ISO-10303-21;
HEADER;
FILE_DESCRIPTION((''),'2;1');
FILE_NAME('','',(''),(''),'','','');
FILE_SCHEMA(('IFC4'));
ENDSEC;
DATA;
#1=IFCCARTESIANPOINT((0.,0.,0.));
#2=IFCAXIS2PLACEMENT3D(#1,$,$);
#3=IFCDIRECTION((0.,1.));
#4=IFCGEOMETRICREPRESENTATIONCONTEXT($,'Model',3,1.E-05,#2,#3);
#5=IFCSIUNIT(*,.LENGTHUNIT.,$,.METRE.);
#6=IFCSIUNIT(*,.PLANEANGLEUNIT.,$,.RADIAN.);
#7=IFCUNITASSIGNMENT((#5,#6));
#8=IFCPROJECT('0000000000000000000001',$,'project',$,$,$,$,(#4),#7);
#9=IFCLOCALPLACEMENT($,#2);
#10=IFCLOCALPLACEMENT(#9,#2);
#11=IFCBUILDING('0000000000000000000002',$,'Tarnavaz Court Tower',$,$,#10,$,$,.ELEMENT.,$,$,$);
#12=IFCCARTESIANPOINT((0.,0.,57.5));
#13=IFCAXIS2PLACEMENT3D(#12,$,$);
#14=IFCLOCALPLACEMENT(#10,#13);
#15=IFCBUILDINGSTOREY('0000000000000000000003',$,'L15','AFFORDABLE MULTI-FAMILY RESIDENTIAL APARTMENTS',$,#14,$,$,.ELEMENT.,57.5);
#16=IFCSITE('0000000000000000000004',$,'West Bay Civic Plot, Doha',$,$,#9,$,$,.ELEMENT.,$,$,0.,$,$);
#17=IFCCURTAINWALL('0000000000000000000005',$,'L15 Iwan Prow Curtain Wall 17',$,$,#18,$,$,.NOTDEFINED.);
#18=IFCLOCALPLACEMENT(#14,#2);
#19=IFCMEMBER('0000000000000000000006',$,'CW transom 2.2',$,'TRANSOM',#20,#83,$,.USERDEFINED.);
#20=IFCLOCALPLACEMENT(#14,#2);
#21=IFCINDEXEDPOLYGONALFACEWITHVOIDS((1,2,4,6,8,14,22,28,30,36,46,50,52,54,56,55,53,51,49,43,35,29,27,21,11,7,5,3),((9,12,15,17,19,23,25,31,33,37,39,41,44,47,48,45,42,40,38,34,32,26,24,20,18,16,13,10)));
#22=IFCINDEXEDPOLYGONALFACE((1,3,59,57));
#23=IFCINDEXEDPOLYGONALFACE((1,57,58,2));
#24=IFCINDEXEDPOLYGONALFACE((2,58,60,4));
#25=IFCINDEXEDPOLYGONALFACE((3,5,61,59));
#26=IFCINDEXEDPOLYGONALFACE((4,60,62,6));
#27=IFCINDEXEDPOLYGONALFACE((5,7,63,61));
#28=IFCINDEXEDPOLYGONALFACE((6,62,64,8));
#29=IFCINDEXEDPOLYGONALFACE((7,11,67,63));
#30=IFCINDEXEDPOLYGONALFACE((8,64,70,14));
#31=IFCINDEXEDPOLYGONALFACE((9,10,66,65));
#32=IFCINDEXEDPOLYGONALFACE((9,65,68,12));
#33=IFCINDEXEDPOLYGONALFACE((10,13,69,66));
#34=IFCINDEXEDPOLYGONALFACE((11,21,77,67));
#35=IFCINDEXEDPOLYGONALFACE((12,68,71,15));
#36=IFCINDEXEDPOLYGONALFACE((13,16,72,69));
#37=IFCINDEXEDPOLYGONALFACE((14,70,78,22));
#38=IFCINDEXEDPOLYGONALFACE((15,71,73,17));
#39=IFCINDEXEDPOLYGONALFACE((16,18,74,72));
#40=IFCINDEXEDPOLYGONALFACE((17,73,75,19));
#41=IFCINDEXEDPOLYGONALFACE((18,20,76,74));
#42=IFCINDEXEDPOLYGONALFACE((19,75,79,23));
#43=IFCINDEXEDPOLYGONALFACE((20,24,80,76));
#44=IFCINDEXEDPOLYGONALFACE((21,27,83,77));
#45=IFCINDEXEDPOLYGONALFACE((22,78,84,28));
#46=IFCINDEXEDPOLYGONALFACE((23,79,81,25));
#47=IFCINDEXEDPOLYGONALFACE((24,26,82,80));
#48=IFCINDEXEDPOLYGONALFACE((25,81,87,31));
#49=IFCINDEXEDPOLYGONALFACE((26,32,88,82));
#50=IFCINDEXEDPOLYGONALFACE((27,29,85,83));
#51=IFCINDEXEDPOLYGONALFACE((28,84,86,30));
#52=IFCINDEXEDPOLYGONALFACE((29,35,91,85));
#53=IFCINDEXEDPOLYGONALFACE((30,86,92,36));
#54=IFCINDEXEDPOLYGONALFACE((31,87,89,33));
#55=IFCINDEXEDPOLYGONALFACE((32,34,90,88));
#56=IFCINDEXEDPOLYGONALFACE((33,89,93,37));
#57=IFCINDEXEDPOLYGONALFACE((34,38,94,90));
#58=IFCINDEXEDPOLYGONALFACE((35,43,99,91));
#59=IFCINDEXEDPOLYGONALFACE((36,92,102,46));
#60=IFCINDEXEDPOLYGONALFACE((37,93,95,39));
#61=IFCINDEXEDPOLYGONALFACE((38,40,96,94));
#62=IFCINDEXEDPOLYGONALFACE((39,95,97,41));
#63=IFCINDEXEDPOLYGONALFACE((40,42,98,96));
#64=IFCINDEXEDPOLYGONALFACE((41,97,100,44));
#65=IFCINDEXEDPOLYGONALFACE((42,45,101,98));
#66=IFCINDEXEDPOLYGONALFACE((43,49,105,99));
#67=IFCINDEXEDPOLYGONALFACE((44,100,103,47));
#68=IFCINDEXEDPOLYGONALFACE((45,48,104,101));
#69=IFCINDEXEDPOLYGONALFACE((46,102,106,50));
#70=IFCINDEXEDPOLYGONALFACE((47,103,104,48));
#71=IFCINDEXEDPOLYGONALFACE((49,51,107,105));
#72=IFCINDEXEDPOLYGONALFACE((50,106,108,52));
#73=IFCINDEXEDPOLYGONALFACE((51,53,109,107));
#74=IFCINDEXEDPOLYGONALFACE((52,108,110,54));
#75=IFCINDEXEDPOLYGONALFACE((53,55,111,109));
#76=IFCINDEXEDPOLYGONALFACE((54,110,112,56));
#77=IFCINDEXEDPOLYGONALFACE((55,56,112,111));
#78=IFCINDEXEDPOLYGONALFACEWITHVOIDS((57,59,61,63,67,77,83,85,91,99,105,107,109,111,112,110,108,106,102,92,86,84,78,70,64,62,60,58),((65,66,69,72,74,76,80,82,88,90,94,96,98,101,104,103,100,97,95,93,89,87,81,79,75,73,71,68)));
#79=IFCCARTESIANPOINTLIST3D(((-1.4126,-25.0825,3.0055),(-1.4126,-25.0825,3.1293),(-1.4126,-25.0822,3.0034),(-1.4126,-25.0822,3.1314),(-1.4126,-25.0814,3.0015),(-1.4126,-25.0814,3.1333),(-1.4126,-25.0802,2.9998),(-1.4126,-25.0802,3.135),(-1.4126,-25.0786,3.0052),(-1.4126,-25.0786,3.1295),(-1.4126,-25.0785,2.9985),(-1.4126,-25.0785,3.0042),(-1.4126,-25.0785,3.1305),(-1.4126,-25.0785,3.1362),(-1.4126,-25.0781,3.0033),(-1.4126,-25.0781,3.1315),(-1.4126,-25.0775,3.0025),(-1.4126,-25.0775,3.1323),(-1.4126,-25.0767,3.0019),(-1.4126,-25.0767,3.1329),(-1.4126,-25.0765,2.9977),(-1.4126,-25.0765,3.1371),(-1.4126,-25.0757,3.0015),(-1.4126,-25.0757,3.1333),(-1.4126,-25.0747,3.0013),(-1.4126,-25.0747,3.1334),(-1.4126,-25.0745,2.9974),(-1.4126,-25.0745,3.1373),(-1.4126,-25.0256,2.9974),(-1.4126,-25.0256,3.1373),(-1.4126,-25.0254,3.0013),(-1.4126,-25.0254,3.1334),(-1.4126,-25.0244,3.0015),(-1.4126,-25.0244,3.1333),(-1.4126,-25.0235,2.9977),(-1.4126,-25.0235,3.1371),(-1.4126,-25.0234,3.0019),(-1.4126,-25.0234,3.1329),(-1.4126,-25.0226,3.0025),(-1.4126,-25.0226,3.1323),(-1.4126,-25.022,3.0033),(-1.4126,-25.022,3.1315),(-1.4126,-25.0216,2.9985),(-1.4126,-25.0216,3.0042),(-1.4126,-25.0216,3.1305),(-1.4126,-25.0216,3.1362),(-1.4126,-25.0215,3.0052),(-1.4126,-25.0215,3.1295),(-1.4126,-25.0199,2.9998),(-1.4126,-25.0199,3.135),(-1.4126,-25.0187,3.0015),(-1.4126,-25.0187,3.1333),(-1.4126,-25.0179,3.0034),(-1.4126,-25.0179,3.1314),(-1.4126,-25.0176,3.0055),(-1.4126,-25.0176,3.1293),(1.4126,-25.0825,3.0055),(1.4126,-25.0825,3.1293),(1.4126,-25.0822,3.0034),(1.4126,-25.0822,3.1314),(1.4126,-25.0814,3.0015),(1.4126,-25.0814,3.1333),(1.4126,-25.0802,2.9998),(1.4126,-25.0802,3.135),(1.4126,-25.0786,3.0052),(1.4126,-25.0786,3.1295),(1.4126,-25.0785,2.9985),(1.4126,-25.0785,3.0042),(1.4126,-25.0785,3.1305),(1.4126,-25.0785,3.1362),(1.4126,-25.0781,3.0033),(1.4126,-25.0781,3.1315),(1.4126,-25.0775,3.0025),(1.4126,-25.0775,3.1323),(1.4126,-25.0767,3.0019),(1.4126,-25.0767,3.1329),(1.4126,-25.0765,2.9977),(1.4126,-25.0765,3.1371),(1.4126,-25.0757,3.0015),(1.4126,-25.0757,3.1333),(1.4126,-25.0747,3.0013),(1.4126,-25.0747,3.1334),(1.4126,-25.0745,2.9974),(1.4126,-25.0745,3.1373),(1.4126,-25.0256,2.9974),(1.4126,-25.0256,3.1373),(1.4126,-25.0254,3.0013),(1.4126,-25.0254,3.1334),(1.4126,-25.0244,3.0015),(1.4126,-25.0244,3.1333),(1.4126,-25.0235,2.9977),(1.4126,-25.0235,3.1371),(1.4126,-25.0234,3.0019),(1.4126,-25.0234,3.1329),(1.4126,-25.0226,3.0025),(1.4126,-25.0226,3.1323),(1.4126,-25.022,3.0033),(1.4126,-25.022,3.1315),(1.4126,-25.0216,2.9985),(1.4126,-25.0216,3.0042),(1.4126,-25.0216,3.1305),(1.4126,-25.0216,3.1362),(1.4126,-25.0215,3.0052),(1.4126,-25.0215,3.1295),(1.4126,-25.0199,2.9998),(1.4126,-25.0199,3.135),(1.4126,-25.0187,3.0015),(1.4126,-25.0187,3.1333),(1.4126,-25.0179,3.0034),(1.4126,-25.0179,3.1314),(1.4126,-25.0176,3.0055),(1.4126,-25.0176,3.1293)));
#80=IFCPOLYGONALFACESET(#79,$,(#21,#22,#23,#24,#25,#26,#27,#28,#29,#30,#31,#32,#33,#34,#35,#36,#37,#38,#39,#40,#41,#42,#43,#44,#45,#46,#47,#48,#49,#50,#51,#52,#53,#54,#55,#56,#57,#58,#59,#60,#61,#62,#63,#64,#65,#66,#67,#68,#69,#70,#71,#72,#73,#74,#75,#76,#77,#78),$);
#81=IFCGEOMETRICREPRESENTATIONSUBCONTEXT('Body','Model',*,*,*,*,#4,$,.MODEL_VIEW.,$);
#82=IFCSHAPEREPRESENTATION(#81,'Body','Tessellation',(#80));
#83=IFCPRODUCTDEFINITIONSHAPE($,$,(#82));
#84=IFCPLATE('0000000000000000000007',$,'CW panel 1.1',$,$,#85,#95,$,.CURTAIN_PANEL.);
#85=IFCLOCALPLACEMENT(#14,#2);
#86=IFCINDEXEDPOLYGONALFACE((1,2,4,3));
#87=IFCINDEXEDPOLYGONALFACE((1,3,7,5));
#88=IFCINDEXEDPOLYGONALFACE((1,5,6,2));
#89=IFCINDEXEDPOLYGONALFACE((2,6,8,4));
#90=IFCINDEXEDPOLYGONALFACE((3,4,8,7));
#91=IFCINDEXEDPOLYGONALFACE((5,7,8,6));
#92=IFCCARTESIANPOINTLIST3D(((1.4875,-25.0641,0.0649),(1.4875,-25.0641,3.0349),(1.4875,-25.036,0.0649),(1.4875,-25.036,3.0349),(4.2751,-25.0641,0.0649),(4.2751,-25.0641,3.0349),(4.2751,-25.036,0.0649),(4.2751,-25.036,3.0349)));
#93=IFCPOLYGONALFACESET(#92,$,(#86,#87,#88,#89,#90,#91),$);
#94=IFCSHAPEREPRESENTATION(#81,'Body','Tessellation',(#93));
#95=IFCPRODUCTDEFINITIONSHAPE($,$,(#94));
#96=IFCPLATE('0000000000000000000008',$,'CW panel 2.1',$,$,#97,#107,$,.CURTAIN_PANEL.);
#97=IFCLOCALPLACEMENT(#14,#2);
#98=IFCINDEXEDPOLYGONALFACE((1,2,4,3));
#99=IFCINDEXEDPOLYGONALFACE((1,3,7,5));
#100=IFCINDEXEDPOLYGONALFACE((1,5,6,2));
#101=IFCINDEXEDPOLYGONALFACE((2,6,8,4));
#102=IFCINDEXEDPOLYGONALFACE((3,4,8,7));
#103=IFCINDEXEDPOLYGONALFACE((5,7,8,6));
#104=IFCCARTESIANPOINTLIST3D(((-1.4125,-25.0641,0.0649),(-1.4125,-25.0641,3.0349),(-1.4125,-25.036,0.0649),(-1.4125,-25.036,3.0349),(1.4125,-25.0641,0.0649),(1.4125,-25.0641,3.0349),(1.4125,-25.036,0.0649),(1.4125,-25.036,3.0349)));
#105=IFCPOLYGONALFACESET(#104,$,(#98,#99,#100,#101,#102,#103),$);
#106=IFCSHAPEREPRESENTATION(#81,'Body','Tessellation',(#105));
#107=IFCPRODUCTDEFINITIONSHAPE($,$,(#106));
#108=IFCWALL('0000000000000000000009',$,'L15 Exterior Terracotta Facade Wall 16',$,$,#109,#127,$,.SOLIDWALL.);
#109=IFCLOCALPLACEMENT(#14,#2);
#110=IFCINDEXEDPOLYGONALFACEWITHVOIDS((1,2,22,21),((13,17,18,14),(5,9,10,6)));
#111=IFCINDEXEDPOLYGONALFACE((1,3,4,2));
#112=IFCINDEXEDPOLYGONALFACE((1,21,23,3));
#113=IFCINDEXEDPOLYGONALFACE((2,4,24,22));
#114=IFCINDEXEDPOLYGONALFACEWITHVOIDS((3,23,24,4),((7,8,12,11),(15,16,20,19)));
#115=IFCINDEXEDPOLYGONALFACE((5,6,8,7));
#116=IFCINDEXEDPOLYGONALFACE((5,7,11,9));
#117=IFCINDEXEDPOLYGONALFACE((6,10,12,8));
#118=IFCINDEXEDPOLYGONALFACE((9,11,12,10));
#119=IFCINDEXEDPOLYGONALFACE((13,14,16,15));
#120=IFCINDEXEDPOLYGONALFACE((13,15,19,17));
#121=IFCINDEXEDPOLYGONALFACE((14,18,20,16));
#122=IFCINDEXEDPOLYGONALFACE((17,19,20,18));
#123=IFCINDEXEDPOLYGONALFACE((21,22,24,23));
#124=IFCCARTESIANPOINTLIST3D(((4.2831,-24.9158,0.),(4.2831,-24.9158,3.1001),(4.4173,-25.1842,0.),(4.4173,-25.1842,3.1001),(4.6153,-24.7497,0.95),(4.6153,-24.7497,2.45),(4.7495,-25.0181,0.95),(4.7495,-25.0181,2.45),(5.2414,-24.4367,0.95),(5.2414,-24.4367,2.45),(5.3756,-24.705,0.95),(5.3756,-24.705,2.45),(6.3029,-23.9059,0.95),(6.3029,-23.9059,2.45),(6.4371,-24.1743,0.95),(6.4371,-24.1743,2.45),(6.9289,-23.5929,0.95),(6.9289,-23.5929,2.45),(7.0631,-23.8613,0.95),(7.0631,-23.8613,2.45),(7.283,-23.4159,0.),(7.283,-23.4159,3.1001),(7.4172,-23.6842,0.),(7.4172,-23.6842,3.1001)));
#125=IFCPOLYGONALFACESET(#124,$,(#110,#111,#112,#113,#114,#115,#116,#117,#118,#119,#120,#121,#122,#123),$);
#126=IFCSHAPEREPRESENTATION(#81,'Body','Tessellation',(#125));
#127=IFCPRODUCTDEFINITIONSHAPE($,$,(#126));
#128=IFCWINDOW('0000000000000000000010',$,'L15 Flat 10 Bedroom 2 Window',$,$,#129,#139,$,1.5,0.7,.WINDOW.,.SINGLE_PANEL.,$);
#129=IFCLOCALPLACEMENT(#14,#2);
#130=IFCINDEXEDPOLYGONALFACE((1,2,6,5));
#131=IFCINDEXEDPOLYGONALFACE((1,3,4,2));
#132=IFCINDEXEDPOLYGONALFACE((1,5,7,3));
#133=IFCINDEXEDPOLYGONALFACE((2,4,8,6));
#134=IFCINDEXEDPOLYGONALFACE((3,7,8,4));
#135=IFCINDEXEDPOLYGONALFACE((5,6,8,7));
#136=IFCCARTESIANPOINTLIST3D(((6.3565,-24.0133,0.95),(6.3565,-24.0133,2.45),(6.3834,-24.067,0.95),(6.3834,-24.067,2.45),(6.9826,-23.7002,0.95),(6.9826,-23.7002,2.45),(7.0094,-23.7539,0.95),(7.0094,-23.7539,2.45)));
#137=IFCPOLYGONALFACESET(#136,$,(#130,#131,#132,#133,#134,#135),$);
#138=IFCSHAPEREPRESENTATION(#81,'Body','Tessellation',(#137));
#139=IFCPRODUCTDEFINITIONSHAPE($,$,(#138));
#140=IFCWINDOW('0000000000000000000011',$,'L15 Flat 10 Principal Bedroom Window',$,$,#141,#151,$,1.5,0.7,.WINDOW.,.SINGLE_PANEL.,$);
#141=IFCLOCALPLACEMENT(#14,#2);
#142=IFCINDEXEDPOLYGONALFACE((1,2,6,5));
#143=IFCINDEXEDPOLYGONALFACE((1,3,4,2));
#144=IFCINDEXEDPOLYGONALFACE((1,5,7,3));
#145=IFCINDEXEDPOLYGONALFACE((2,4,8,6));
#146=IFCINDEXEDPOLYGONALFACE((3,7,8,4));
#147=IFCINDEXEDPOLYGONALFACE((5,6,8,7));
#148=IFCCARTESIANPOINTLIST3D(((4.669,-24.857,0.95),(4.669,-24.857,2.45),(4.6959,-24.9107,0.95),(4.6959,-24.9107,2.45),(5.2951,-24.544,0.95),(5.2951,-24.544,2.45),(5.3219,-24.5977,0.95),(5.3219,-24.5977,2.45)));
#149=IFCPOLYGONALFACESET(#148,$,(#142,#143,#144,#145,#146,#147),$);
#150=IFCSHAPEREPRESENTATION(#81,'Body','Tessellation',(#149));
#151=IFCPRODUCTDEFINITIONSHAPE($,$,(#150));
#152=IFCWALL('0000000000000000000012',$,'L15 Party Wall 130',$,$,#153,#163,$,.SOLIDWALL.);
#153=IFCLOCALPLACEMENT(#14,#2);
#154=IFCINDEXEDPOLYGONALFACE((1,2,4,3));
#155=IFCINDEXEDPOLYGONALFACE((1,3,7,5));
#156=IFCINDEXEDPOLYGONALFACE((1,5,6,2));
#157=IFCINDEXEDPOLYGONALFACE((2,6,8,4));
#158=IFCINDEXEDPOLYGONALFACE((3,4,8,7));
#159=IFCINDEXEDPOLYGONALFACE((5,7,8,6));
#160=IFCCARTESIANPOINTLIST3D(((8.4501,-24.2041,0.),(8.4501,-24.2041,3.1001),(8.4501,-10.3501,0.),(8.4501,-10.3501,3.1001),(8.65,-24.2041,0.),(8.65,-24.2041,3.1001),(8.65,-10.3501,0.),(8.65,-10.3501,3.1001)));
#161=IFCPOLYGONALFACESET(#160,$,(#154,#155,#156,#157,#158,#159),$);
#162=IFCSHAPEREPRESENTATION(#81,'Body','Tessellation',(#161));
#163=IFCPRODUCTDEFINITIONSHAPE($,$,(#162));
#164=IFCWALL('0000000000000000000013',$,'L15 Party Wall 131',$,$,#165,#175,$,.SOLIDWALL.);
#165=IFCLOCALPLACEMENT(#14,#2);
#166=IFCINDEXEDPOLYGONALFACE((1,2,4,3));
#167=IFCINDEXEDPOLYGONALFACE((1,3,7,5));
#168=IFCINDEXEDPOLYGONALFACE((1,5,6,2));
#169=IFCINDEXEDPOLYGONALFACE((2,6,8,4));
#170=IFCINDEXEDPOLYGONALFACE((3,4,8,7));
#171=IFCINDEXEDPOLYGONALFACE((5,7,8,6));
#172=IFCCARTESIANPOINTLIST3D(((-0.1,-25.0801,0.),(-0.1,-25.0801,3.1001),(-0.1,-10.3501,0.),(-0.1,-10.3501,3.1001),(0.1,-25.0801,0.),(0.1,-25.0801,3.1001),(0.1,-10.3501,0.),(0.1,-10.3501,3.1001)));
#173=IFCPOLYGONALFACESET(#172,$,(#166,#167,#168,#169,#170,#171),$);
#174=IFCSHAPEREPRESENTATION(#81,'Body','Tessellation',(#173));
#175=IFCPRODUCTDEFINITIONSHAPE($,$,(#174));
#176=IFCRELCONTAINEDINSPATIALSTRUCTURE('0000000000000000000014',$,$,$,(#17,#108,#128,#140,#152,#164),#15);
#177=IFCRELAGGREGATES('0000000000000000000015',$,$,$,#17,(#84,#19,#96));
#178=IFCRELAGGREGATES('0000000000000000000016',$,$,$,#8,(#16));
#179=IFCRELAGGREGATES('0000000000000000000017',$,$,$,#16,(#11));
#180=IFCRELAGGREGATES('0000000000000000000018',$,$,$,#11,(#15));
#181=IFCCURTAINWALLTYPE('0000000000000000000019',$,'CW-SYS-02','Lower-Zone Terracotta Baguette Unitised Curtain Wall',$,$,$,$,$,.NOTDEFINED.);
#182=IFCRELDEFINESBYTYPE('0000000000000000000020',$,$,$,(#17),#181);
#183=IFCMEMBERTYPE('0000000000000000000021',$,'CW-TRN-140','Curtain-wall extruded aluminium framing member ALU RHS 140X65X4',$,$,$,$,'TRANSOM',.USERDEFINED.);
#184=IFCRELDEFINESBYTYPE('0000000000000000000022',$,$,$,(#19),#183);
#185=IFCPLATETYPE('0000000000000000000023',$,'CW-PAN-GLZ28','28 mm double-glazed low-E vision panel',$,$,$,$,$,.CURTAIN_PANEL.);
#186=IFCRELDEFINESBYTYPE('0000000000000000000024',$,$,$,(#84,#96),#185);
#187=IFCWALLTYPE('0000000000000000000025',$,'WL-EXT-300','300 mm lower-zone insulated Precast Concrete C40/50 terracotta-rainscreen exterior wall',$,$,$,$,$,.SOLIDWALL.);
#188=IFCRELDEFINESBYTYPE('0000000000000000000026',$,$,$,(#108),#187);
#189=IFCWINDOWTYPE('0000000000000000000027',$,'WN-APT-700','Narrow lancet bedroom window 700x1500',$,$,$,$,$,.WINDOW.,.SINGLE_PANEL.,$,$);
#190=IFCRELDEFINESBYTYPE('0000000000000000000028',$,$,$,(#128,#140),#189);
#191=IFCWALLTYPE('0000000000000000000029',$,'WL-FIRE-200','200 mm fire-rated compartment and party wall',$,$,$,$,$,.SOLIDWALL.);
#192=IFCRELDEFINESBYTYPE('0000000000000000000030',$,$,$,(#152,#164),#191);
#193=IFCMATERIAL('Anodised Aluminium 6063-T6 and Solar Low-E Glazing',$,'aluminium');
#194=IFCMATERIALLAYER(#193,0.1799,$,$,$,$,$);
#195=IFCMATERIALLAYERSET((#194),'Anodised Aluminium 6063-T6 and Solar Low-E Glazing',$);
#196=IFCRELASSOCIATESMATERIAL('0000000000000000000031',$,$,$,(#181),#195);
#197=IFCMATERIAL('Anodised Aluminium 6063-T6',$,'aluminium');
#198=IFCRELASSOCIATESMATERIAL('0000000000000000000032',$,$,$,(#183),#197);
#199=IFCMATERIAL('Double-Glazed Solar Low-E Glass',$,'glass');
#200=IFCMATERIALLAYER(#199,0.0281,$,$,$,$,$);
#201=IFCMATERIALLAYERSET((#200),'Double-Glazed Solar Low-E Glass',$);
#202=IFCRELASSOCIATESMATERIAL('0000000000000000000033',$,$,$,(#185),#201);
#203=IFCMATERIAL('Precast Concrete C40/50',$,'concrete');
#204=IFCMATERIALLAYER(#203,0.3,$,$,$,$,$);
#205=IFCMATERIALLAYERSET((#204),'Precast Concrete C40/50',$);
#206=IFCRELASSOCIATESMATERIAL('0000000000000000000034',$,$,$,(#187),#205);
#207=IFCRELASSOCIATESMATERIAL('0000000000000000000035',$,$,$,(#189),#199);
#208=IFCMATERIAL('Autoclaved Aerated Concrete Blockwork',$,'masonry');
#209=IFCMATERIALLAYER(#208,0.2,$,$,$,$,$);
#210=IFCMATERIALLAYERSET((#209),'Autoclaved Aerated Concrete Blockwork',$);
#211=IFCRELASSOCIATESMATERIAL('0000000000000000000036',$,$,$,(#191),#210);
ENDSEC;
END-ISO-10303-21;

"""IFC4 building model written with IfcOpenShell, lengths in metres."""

from ifc_helpers import new_model, si_unit, direction, frame, frame_2d, origin, origin_2d, place, context, subcontext, project, spatial, rectangle, hollow_rectangle, extrude, material, layer, layer_set, material_profile, profile_set, type_object, element, fill, aggregate, save


model = new_model("IFC4")

# Units and contexts
model_context = context("Model", 3, precision=1e-05, world=origin(), true_north=direction((0.0, 1.0)))
body_context = subcontext(model_context, "Body", "Model", "MODEL_VIEW")
ifc_project = project(units=[si_unit("LENGTHUNIT", "METRE"), si_unit("PLANEANGLEUNIT", "RADIAN")], contexts=[model_context])

# Site, building, storey
site_placement = place(None, origin())
site = spatial("IfcSite", under=ifc_project, at=site_placement, Name="West Bay Civic Plot, Doha", CompositionType="ELEMENT", RefElevation=0.0)
building_placement = place(site_placement, origin())
building = spatial("IfcBuilding", under=site, at=building_placement, Name="Tarnavaz Court Tower", CompositionType="ELEMENT")
storey_placement = place(building_placement, frame((0.0, 0.0, 57.5)))
storey = spatial("IfcBuildingStorey", under=building, at=storey_placement, Name="L15", Description="AFFORDABLE MULTI-FAMILY RESIDENTIAL APARTMENTS", CompositionType="ELEMENT", Elevation=57.5)

# Curtain wall, member, plates
ifc_material_1 = material(Name="Anodised Aluminium 6063-T6 and Solar Low-E Glazing", Category="aluminium")
ifc_layer_1 = layer(ifc_material_1, 0.1799)
ifc_layer_set_1 = layer_set([ifc_layer_1], Name="Anodised Aluminium 6063-T6 and Solar Low-E Glazing")
curtain_wall_type = type_object("IfcCurtainWallType", Name="CW-SYS-02", Description="Lower-Zone Terracotta Baguette Unitised Curtain Wall", PredefinedType="NOTDEFINED", material=ifc_layer_set_1)
curtain_wall_placement = place(storey_placement, origin())
curtain_wall = element("IfcCurtainWall", 1, at=curtain_wall_placement, inside=storey, type_object=curtain_wall_type, Name="L15 Iwan Prow Curtain Wall 17", PredefinedType="NOTDEFINED")
ifc_material_2 = material(Name="Anodised Aluminium 6063-T6", Category="aluminium")
ifc_material_profile_1 = material_profile(ifc_material_2, hollow_rectangle(XDim=0.0649, YDim=0.1399, WallThickness=0.0039, InnerFilletRadius=0.0039, OuterFilletRadius=0.0081, at=origin_2d()), Name="ALU RHS 140X65X4")
ifc_profile_set_1 = profile_set([ifc_material_profile_1], Name="Anodised Aluminium 6063-T6")
member_type_1 = type_object("IfcMemberType", Name="CW-TRN-140", Description="Curtain-wall extruded aluminium framing member ALU RHS 140X65X4", ElementType="TRANSOM", PredefinedType="USERDEFINED", material=ifc_profile_set_1)
member_1_placement = place(storey_placement, frame((1.4126, -25.05, 3.0674), z_axis=(-1.0, 0.0, 0.0), x_axis=(0.0, -1.0, 0.0)))
member_1 = element("IfcMember", 2, at=member_1_placement, type_object=member_type_1, Name="CW transom 2.2", ObjectType="TRANSOM", PredefinedType="USERDEFINED", context=body_context, shape_type="SweptSolid", body=[
    extrude(hollow_rectangle(XDim=0.0649, YDim=0.1399, WallThickness=0.0039, InnerFilletRadius=0.0039, OuterFilletRadius=0.0081, at=origin_2d()), origin(), (0.0, 0.0, 1.0), 2.8252),
])
ifc_material_3 = material(Name="Double-Glazed Solar Low-E Glass", Category="glass")
ifc_layer_2 = layer(ifc_material_3, 0.0281)
ifc_layer_set_2 = layer_set([ifc_layer_2], Name="Double-Glazed Solar Low-E Glass")
plate_type = type_object("IfcPlateType", Name="CW-PAN-GLZ28", Description="28 mm double-glazed low-E vision panel", PredefinedType="CURTAIN_PANEL", material=ifc_layer_set_2)
plate_1_placement = place(storey_placement, frame((2.8813, -25.05, 0.0649), z_axis=(0.0, 0.0, 1.0), x_axis=(-1.0, 0.0, 0.0)))
plate_1 = element("IfcPlate", 3, at=plate_1_placement, type_object=plate_type, Name="CW panel 1.1", PredefinedType="CURTAIN_PANEL", context=body_context, shape_type="SweptSolid", body=[
    extrude(rectangle(XDim=2.7876, YDim=0.0281, at=origin_2d()), origin(), (0.0, 0.0, 1.0), 2.97),
])
plate_2_placement = place(storey_placement, frame((0.0, -25.05, 0.0649), z_axis=(0.0, 0.0, 1.0), x_axis=(-1.0, 0.0, 0.0)))
plate_2 = element("IfcPlate", 4, at=plate_2_placement, type_object=plate_type, Name="CW panel 2.1", PredefinedType="CURTAIN_PANEL", context=body_context, shape_type="SweptSolid", body=[
    extrude(rectangle(XDim=2.825, YDim=0.0281, at=origin_2d()), origin(), (0.0, 0.0, 1.0), 2.97),
])
aggregate(curtain_wall, [plate_1, member_1, plate_2])

# Wall, openings, windows
ifc_material_4 = material(Name="Precast Concrete C40/50", Category="concrete")
ifc_layer_3 = layer(ifc_material_4, 0.3)
ifc_layer_set_3 = layer_set([ifc_layer_3], Name="Precast Concrete C40/50")
wall_type_1 = type_object("IfcWallType", Name="WL-EXT-300", Description="300 mm lower-zone insulated Precast Concrete C40/50 terracotta-rainscreen exterior wall", PredefinedType="SOLIDWALL", material=ifc_layer_set_3)
wall_1_placement = place(storey_placement, frame((7.3501, -23.55, 0.0), z_axis=(0.0, 0.0, 1.0), x_axis=(-0.894427, -0.447214, 0.0)))
wall_1 = element("IfcWall", 5, at=wall_1_placement, inside=storey, type_object=wall_type_1, Name="L15 Exterior Terracotta Facade Wall 16", PredefinedType="SOLIDWALL", context=body_context, shape_type="SweptSolid", body=[
    extrude(rectangle(XDim=3.354, YDim=0.3, at=frame_2d((1.677, 0.0))), origin(), (0.0, 0.0, 1.0), 3.1001),
])
opening_1_placement = place(wall_1_placement, frame((0.3958, 0.0, 0.95)))
opening_1 = element("IfcOpeningElement", 6, at=opening_1_placement, cuts=wall_1, PredefinedType="OPENING", context=body_context, shape_type="SweptSolid", body=[
    extrude(rectangle(XDim=0.7, YDim=1.5, at=frame_2d((0.3501, 0.75))), frame((0.0, 0.1599, 0.0), z_axis=(0.0, -1.0, 0.0), x_axis=(1.0, 0.0, 0.0)), (0.0, 0.0, 1.0), 0.3201),
])
opening_2_placement = place(wall_1_placement, frame((2.2825, 0.0, 0.95)))
opening_2 = element("IfcOpeningElement", 7, at=opening_2_placement, cuts=wall_1, PredefinedType="OPENING", context=body_context, shape_type="SweptSolid", body=[
    extrude(rectangle(XDim=0.7, YDim=1.5, at=frame_2d((0.3501, 0.75))), frame((0.0, 0.1599, 0.0), z_axis=(0.0, -1.0, 0.0), x_axis=(1.0, 0.0, 0.0)), (0.0, 0.0, 1.0), 0.3201),
])
window_type = type_object("IfcWindowType", Name="WN-APT-700", Description="Narrow lancet bedroom window 700x1500", PartitioningType="SINGLE_PANEL", PredefinedType="WINDOW", material=ifc_material_3)
window_1_placement = place(opening_1_placement, origin())
window_1 = element("IfcWindow", 8, at=window_1_placement, inside=storey, type_object=window_type, Name="L15 Flat 10 Bedroom 2 Window", OverallHeight=1.5, OverallWidth=0.7, PartitioningType="SINGLE_PANEL", PredefinedType="WINDOW", context=body_context, shape_type="SweptSolid", body=[
    extrude(rectangle(XDim=0.7, YDim=1.5, at=frame_2d((0.3501, 0.75))), frame((0.0, 0.03, 0.0), z_axis=(0.0, -1.0, 0.0), x_axis=(1.0, 0.0, 0.0)), (0.0, 0.0, 1.0), 0.0601),
])
fill(opening_1, window_1)
window_2_placement = place(opening_2_placement, origin())
window_2 = element("IfcWindow", 9, at=window_2_placement, inside=storey, type_object=window_type, Name="L15 Flat 10 Principal Bedroom Window", OverallHeight=1.5, OverallWidth=0.7, PartitioningType="SINGLE_PANEL", PredefinedType="WINDOW", context=body_context, shape_type="SweptSolid", body=[
    extrude(rectangle(XDim=0.7, YDim=1.5, at=frame_2d((0.3501, 0.75))), frame((0.0, 0.03, 0.0), z_axis=(0.0, -1.0, 0.0), x_axis=(1.0, 0.0, 0.0)), (0.0, 0.0, 1.0), 0.0601),
])
fill(opening_2, window_2)

# Walls
ifc_material_5 = material(Name="Autoclaved Aerated Concrete Blockwork", Category="masonry")
ifc_layer_4 = layer(ifc_material_5, 0.2)
ifc_layer_set_4 = layer_set([ifc_layer_4], Name="Autoclaved Aerated Concrete Blockwork")
wall_type_2 = type_object("IfcWallType", Name="WL-FIRE-200", Description="200 mm fire-rated compartment and party wall", PredefinedType="SOLIDWALL", material=ifc_layer_set_4)
wall_2_placement = place(storey_placement, frame((8.55, -24.2041, 0.0), z_axis=(0.0, 0.0, 1.0), x_axis=(0.0, 1.0, 0.0)))
element("IfcWall", 10, at=wall_2_placement, inside=storey, type_object=wall_type_2, Name="L15 Party Wall 130", PredefinedType="SOLIDWALL", context=body_context, shape_type="SweptSolid", body=[
    extrude(rectangle(XDim=13.854, YDim=0.2, at=frame_2d((6.927, 0.0))), origin(), (0.0, 0.0, 1.0), 3.1001),
])
wall_3_placement = place(storey_placement, frame((0.0, -25.0801, 0.0), z_axis=(0.0, 0.0, 1.0), x_axis=(0.0, 1.0, 0.0)))
element("IfcWall", 11, at=wall_3_placement, inside=storey, type_object=wall_type_2, Name="L15 Party Wall 131", PredefinedType="SOLIDWALL", context=body_context, shape_type="SweptSolid", body=[
    extrude(rectangle(XDim=14.73, YDim=0.2, at=frame_2d((7.365, 0.0))), origin(), (0.0, 0.0, 1.0), 3.1001),
])

save(model, "model.ifc")
